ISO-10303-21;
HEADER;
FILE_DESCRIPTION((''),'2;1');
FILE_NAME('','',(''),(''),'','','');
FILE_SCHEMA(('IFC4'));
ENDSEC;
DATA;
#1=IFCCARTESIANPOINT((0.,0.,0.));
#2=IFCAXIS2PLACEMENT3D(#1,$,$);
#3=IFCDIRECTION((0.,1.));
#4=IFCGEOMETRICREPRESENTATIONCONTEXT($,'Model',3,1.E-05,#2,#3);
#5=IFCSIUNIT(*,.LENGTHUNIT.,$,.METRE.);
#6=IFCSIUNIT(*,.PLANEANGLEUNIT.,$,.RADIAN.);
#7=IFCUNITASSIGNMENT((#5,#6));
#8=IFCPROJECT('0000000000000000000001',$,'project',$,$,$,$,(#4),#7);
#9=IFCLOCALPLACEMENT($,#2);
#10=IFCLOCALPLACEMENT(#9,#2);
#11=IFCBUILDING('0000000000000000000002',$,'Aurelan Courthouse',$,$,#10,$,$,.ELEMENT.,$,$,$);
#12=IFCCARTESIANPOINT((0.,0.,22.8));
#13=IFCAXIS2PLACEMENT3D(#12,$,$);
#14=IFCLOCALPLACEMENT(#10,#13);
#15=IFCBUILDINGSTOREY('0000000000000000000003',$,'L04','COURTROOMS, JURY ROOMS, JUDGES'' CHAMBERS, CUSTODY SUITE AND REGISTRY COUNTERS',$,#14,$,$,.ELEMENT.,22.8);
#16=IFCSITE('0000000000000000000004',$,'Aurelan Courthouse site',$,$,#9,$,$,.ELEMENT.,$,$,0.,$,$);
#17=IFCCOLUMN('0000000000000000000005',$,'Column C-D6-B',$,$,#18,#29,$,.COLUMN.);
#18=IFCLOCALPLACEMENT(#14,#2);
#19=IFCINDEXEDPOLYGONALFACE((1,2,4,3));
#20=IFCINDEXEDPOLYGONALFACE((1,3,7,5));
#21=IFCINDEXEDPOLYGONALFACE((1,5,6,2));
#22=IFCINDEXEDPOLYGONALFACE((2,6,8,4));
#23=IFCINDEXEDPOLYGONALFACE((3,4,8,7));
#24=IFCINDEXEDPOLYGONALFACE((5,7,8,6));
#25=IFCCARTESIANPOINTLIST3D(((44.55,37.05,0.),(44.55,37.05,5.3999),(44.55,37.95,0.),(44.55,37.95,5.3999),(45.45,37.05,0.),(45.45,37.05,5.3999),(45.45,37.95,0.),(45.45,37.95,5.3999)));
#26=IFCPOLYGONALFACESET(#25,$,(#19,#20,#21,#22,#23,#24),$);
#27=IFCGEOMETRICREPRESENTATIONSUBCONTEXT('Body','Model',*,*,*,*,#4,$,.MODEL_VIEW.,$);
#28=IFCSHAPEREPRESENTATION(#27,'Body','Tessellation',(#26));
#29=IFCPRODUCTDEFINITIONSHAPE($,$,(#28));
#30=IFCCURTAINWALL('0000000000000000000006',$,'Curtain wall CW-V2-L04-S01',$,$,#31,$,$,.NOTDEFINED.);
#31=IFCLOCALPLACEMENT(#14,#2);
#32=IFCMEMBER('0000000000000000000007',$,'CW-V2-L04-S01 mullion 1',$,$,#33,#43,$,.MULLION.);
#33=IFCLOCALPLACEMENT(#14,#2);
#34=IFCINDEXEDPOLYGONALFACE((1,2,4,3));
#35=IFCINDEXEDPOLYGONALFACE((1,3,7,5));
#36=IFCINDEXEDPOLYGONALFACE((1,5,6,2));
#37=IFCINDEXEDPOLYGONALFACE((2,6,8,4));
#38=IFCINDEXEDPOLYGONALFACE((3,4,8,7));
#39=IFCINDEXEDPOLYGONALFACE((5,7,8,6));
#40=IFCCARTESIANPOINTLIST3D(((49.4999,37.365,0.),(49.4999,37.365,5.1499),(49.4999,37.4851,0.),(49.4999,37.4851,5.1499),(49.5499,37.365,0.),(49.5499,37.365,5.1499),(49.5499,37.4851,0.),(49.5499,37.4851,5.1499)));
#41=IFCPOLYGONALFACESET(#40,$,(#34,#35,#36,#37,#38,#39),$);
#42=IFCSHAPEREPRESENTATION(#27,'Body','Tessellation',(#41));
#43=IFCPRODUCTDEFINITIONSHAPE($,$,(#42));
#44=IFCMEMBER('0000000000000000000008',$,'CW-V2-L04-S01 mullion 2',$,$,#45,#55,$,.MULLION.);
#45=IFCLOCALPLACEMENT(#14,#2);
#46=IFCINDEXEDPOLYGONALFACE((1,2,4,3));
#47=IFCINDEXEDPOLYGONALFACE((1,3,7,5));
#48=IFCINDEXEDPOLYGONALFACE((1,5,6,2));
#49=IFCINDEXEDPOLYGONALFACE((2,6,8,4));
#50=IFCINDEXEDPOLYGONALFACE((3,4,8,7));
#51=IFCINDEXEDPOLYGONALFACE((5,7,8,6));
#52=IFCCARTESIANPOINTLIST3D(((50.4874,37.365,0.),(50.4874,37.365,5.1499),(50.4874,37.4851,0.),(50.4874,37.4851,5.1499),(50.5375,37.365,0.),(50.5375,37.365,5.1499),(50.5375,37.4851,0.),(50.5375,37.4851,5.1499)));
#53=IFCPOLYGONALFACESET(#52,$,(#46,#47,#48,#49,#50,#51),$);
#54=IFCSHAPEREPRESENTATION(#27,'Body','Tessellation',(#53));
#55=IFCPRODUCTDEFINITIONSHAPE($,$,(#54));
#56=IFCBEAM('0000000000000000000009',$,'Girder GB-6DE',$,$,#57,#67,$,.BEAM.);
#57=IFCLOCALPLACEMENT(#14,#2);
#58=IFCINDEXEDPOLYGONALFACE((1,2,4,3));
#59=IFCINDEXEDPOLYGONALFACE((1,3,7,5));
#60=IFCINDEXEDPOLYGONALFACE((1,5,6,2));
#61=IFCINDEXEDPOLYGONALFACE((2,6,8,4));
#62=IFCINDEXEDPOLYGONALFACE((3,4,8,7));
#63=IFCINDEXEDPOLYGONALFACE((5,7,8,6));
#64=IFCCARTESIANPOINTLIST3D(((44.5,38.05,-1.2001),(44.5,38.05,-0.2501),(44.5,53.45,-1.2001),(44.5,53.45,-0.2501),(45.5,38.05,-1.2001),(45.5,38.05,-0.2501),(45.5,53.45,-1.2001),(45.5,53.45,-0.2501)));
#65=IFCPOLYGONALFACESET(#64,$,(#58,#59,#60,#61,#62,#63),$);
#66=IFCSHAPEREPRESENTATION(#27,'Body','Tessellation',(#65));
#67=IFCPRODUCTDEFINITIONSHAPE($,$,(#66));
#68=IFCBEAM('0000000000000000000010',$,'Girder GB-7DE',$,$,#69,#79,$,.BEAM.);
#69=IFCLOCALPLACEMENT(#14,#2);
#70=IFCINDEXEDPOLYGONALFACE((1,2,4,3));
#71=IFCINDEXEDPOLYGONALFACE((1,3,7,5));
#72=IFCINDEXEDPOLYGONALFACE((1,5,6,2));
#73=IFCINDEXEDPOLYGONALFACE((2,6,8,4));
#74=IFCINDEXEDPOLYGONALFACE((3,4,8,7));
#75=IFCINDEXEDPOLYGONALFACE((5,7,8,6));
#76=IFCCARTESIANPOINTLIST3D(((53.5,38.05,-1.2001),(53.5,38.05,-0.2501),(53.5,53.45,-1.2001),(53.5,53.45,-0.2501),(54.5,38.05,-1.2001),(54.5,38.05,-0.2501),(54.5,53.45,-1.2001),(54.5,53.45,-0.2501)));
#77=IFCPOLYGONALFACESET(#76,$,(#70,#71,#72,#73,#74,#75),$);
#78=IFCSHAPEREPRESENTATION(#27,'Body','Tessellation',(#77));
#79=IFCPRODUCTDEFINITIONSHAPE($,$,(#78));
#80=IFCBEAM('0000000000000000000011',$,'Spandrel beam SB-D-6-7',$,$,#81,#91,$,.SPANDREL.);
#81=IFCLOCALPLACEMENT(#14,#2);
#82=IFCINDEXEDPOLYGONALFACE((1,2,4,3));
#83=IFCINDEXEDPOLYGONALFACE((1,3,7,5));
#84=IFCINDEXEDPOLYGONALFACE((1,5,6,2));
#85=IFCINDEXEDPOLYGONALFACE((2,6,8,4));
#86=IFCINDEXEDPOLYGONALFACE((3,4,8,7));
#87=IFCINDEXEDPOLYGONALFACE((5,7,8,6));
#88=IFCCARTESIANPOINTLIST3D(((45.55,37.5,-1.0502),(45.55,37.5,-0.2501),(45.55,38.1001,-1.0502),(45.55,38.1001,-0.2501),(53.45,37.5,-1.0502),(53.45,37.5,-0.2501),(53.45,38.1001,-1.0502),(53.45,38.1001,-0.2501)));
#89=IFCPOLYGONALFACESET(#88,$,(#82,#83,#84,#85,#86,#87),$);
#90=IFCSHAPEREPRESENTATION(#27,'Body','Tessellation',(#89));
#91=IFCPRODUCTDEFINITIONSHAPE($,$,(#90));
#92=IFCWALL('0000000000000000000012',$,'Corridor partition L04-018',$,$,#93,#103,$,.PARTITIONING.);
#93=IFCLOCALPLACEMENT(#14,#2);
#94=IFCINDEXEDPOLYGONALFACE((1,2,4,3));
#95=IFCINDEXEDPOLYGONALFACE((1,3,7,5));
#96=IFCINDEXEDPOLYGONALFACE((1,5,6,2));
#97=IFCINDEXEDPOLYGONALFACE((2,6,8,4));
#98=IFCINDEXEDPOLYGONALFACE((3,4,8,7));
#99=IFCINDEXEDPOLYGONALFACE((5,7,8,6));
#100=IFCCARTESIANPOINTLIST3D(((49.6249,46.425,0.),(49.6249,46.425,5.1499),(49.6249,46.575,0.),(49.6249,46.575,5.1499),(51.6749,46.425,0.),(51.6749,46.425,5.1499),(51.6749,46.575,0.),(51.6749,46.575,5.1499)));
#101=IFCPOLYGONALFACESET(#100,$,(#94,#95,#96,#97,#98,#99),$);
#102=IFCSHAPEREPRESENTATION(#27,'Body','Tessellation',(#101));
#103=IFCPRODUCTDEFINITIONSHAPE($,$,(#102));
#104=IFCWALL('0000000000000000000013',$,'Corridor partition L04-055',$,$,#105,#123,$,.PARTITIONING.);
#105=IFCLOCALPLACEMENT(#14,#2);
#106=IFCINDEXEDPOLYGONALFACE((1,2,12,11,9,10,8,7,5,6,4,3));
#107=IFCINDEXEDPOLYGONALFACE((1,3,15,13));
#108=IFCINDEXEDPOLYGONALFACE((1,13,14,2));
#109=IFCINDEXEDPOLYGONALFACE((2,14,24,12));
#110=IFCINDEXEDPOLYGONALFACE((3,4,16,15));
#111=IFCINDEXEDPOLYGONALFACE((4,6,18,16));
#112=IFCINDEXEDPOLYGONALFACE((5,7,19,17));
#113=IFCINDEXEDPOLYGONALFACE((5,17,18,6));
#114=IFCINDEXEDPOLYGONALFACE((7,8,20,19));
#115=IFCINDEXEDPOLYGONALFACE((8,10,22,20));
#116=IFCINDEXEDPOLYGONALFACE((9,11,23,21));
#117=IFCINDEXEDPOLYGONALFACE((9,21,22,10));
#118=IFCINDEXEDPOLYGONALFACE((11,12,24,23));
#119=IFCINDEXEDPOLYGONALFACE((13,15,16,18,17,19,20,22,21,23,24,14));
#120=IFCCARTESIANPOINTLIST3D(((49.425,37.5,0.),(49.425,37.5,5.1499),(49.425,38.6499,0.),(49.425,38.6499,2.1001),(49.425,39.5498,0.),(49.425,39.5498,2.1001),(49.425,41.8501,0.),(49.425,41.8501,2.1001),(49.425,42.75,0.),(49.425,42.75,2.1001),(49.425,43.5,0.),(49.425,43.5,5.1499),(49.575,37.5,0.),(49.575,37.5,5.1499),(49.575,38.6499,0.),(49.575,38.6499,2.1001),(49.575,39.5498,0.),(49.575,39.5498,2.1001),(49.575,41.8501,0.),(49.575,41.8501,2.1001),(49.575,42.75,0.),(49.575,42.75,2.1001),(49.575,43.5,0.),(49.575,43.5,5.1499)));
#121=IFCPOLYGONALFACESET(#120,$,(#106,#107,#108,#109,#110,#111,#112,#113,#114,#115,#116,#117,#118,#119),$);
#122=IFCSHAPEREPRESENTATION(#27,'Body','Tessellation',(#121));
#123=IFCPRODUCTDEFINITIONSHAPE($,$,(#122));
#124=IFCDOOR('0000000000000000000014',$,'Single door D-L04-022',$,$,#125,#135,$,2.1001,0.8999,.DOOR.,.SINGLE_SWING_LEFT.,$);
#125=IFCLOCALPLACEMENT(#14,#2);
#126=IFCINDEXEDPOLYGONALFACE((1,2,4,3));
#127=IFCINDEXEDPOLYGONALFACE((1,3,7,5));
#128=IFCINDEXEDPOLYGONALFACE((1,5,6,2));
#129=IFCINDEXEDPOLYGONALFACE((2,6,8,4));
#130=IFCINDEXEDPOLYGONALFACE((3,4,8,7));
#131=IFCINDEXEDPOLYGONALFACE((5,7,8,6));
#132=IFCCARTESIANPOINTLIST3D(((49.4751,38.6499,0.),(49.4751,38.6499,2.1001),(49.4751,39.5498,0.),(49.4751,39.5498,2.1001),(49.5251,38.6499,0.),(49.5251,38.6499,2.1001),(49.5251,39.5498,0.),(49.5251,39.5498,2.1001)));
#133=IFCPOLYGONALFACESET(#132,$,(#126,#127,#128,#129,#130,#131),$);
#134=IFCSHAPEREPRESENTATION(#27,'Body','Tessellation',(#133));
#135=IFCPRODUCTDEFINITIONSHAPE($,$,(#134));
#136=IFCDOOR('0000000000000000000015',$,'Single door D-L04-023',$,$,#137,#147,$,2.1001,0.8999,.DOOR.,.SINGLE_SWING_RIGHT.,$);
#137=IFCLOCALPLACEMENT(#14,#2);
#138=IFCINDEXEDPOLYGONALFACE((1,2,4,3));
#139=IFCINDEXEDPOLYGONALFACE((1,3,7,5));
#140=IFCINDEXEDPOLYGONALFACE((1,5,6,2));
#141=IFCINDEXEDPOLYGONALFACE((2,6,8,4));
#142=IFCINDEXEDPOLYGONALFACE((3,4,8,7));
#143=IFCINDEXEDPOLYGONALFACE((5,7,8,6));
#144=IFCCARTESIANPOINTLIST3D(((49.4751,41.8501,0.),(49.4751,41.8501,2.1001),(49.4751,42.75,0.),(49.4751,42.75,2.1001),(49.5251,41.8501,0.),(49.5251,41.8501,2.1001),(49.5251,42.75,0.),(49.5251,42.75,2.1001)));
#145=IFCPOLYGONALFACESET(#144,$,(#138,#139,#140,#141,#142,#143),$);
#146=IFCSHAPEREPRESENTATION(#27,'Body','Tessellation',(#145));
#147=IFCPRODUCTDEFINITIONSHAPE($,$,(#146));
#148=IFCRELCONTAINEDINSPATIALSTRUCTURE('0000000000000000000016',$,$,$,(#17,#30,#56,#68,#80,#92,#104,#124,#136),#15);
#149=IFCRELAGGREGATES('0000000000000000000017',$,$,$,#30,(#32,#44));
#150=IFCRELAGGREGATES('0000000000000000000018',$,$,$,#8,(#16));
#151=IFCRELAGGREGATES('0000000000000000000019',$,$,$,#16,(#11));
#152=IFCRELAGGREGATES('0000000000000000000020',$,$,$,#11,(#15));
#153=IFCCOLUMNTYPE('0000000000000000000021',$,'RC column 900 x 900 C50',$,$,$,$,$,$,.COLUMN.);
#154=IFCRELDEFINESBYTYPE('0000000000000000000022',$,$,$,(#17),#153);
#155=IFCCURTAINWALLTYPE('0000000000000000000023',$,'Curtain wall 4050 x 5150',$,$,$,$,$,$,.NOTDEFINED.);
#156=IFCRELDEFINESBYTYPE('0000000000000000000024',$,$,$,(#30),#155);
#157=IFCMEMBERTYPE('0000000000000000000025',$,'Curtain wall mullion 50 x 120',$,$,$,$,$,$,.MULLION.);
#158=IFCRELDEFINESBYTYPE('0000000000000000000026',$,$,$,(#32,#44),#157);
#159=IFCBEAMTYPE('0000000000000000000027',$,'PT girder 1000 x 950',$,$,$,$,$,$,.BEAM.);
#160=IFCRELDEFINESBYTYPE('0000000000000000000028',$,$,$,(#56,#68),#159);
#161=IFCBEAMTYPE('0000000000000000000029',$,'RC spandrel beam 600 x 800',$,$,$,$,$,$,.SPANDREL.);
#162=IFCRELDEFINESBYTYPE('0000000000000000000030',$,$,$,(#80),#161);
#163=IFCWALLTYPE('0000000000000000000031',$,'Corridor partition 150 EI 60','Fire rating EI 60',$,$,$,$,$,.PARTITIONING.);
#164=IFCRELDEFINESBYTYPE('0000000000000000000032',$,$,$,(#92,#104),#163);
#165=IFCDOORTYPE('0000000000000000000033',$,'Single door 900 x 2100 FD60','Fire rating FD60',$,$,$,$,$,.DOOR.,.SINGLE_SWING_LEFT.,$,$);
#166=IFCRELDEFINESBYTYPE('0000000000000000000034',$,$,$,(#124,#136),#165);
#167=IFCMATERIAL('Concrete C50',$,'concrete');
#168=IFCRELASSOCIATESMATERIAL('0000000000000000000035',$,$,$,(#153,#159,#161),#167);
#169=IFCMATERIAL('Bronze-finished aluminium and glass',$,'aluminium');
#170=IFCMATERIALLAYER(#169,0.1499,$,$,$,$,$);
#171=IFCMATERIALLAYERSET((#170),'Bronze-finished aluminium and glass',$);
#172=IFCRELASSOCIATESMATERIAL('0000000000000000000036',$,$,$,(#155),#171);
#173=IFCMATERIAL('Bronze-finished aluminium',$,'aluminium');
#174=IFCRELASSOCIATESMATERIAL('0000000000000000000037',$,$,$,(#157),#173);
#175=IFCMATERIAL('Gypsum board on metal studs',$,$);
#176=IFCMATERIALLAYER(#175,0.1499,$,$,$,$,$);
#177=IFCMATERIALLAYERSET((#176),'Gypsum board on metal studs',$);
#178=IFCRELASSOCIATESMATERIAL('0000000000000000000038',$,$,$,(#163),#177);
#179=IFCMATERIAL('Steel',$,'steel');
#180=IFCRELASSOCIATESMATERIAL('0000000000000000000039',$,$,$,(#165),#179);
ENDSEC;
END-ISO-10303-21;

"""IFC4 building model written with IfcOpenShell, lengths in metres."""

from ifc_helpers import new_model, si_unit, direction, frame, frame_2d, origin, origin_2d, place, context, subcontext, project, spatial, rectangle, extrude, material, layer, layer_set, material_profile, profile_set, type_object, element, fill, aggregate, save


model = new_model("IFC4")

# Units and contexts
model_context = context("Model", 3, precision=1e-05, world=origin(), true_north=direction((0.0, 1.0)))
body_context = subcontext(model_context, "Body", "Model", "MODEL_VIEW")
ifc_project = project(units=[si_unit("LENGTHUNIT", "METRE"), si_unit("PLANEANGLEUNIT", "RADIAN")], contexts=[model_context])

# Site, building, storey
site_placement = place(None, origin())
site = spatial("IfcSite", under=ifc_project, at=site_placement, Name="Aurelan Courthouse site", CompositionType="ELEMENT", RefElevation=0.0)
building_placement = place(site_placement, origin())
building = spatial("IfcBuilding", under=site, at=building_placement, Name="Aurelan Courthouse", CompositionType="ELEMENT")
storey_placement = place(building_placement, frame((0.0, 0.0, 22.8)))
storey = spatial("IfcBuildingStorey", under=building, at=storey_placement, Name="L04", Description="COURTROOMS, JURY ROOMS, JUDGES' CHAMBERS, CUSTODY SUITE AND REGISTRY COUNTERS", CompositionType="ELEMENT", Elevation=22.8)

# Column
ifc_material_1 = material(Name="Concrete C50", Category="concrete")
ifc_material_profile_1 = material_profile(ifc_material_1, rectangle(XDim=0.8999, YDim=0.8999, at=origin_2d()), Name="RC 900 x 900")
ifc_profile_set_1 = profile_set([ifc_material_profile_1], Name="Concrete C50")
column_type = type_object("IfcColumnType", Name="RC column 900 x 900 C50", PredefinedType="COLUMN", material=ifc_profile_set_1)
column_placement = place(storey_placement, frame((45.0, 37.5, 0.0), z_axis=(0.0, 0.0, 1.0), x_axis=(1.0, 0.0, 0.0)))
element("IfcColumn", 1, at=column_placement, inside=storey, type_object=column_type, Name="Column C-D6-B", PredefinedType="COLUMN", context=body_context, shape_type="SweptSolid", body=[
    extrude(rectangle(XDim=0.8999, YDim=0.8999, at=origin_2d()), origin(), (0.0, 0.0, 1.0), 5.3999),
])

# Curtain wall, members
ifc_material_2 = material(Name="Bronze-finished aluminium and glass", Category="aluminium")
ifc_layer_1 = layer(ifc_material_2, 0.1499)
ifc_layer_set_1 = layer_set([ifc_layer_1], Name="Bronze-finished aluminium and glass")
curtain_wall_type = type_object("IfcCurtainWallType", Name="Curtain wall 4050 x 5150", PredefinedType="NOTDEFINED", material=ifc_layer_set_1)
curtain_wall_placement = place(storey_placement, origin())
curtain_wall = element("IfcCurtainWall", 2, at=curtain_wall_placement, inside=storey, type_object=curtain_wall_type, Name="Curtain wall CW-V2-L04-S01", PredefinedType="NOTDEFINED")
ifc_material_3 = material(Name="Bronze-finished aluminium", Category="aluminium")
ifc_material_profile_2 = material_profile(ifc_material_3, rectangle(XDim=0.1201, YDim=0.05, at=origin_2d()), Name="Bronze mullion 50 x 120")
ifc_profile_set_2 = profile_set([ifc_material_profile_2], Name="Bronze-finished aluminium")
member_type = type_object("IfcMemberType", Name="Curtain wall mullion 50 x 120", PredefinedType="MULLION", material=ifc_profile_set_2)
member_1_placement = place(storey_placement, frame((49.5249, 37.425, 0.0), z_axis=(0.0, 0.0, 1.0), x_axis=(0.0, 1.0, 0.0)))
member_1 = element("IfcMember", 3, at=member_1_placement, type_object=member_type, Name="CW-V2-L04-S01 mullion 1", PredefinedType="MULLION", context=body_context, shape_type="SweptSolid", body=[
    extrude(rectangle(XDim=0.1201, YDim=0.05, at=origin_2d()), origin(), (0.0, 0.0, 1.0), 5.1499),
])
member_2_placement = place(storey_placement, frame((50.5125, 37.425, 0.0), z_axis=(0.0, 0.0, 1.0), x_axis=(0.0, 1.0, 0.0)))
member_2 = element("IfcMember", 4, at=member_2_placement, type_object=member_type, Name="CW-V2-L04-S01 mullion 2", PredefinedType="MULLION", context=body_context, shape_type="SweptSolid", body=[
    extrude(rectangle(XDim=0.1201, YDim=0.05, at=origin_2d()), origin(), (0.0, 0.0, 1.0), 5.1499),
])
aggregate(curtain_wall, [member_1, member_2])

# Beams
ifc_material_profile_3 = material_profile(ifc_material_1, rectangle(XDim=1.0, YDim=0.95, at=origin_2d()), Name="RC 1000 x 950")
ifc_profile_set_3 = profile_set([ifc_material_profile_3], Name="Concrete C50")
beam_type_1 = type_object("IfcBeamType", Name="PT girder 1000 x 950", PredefinedType="BEAM", material=ifc_profile_set_3)
for number, where, z_axis, x_axis, name in (
    (5, (45.0, 38.05, -0.7251), (0.0, 1.0, 0.0), (-1.0, 0.0, 0.0), "Girder GB-6DE"),
    (6, (54.0, 38.05, -0.7251), (0.0, 1.0, 0.0), (-1.0, 0.0, 0.0), "Girder GB-7DE"),
):
    element("IfcBeam", number, at=place(storey_placement, frame(where, z_axis=z_axis, x_axis=x_axis)), inside=storey, type_object=beam_type_1, Name=name, PredefinedType="BEAM", context=body_context, shape_type="SweptSolid", body=[
        extrude(rectangle(XDim=1.0, YDim=0.95, at=origin_2d()), origin(), (0.0, 0.0, 1.0), 15.3999),
    ])
ifc_material_profile_4 = material_profile(ifc_material_1, rectangle(XDim=0.6001, YDim=0.8, at=origin_2d()), Name="RC 600 x 800")
ifc_profile_set_4 = profile_set([ifc_material_profile_4], Name="Concrete C50")
beam_type_2 = type_object("IfcBeamType", Name="RC spandrel beam 600 x 800", PredefinedType="SPANDREL", material=ifc_profile_set_4)
beam_placement = place(storey_placement, frame((45.55, 37.8, -0.6501), z_axis=(1.0, 0.0, 0.0), x_axis=(0.0, 1.0, 0.0)))
element("IfcBeam", 7, at=beam_placement, inside=storey, type_object=beam_type_2, Name="Spandrel beam SB-D-6-7", PredefinedType="SPANDREL", context=body_context, shape_type="SweptSolid", body=[
    extrude(rectangle(XDim=0.6001, YDim=0.8, at=origin_2d()), origin(), (0.0, 0.0, 1.0), 7.8999),
])

# Wall
ifc_material_4 = material(Name="Gypsum board on metal studs")
ifc_layer_2 = layer(ifc_material_4, 0.1499)
ifc_layer_set_2 = layer_set([ifc_layer_2], Name="Gypsum board on metal studs")
wall_type_1 = type_object("IfcWallType", Name="Corridor partition 150 EI 60", Description="Fire rating EI 60", PredefinedType="PARTITIONING", material=ifc_layer_set_2)
wall_1_placement = place(storey_placement, frame((49.625, 46.5, 0.0), z_axis=(0.0, 0.0, 1.0), x_axis=(1.0, 0.0, 0.0)))
element("IfcWall", 8, at=wall_1_placement, inside=storey, type_object=wall_type_1, Name="Corridor partition L04-018", PredefinedType="PARTITIONING", context=body_context, shape_type="SweptSolid", body=[
    extrude(rectangle(XDim=2.05, YDim=0.1499, at=frame_2d((1.0249, 0.0))), origin(), (0.0, 0.0, 1.0), 5.1499),
])

# Wall, openings, doors
wall_2_placement = place(storey_placement, frame((49.5, 37.5, 0.0), z_axis=(0.0, 0.0, 1.0), x_axis=(0.0, 1.0, 0.0)))
wall_2 = element("IfcWall", 9, at=wall_2_placement, inside=storey, type_object=wall_type_1, Name="Corridor partition L04-055", PredefinedType="PARTITIONING", context=body_context, shape_type="SweptSolid", body=[
    extrude(rectangle(XDim=6.0, YDim=0.1499, at=frame_2d((3.0, 0.0))), origin(), (0.0, 0.0, 1.0), 5.1499),
])
opening_1_placement = place(wall_2_placement, frame((1.1499, 0.0, 0.0)))
opening_1 = element("IfcOpeningElement", 10, at=opening_1_placement, cuts=wall_2, PredefinedType="OPENING", context=body_context, shape_type="SweptSolid", body=[
    extrude(rectangle(XDim=0.8999, YDim=2.1001, at=frame_2d((0.45, 1.05))), frame((0.0, 0.085, 0.0), z_axis=(0.0, -1.0, 0.0), x_axis=(1.0, 0.0, 0.0)), (0.0, 0.0, 1.0), 0.1699),
])
opening_2_placement = place(wall_2_placement, frame((4.3501, 0.0, 0.0)))
opening_2 = element("IfcOpeningElement", 11, at=opening_2_placement, cuts=wall_2, PredefinedType="OPENING", context=body_context, shape_type="SweptSolid", body=[
    extrude(rectangle(XDim=0.8999, YDim=2.1001, at=frame_2d((0.45, 1.05))), frame((0.0, 0.085, 0.0), z_axis=(0.0, -1.0, 0.0), x_axis=(1.0, 0.0, 0.0)), (0.0, 0.0, 1.0), 0.1699),
])
ifc_material_5 = material(Name="Steel", Category="steel")
door_type_1 = type_object("IfcDoorType", Name="Single door 900 x 2100 FD60", Description="Fire rating FD60", OperationType="SINGLE_SWING_LEFT", PredefinedType="DOOR", material=ifc_material_5)
door_1_placement = place(opening_1_placement, origin())
door_1 = element("IfcDoor", 12, at=door_1_placement, inside=storey, type_object=door_type_1, Name="Single door D-L04-022", OperationType="SINGLE_SWING_LEFT", OverallHeight=2.1001, OverallWidth=0.8999, PredefinedType="DOOR", context=body_context, shape_type="SweptSolid", body=[
    extrude(rectangle(XDim=0.8999, YDim=2.1001, at=frame_2d((0.45, 1.05))), frame((0.0, 0.0249, 0.0), z_axis=(0.0, -1.0, 0.0), x_axis=(1.0, 0.0, 0.0)), (0.0, 0.0, 1.0), 0.05),
])
fill(opening_1, door_1)
door_2_placement = place(opening_2_placement, origin())
door_2 = element("IfcDoor", 13, at=door_2_placement, inside=storey, type_object=door_type_1, Name="Single door D-L04-023", OperationType="SINGLE_SWING_RIGHT", OverallHeight=2.1001, OverallWidth=0.8999, PredefinedType="DOOR", context=body_context, shape_type="SweptSolid", body=[
    extrude(rectangle(XDim=0.8999, YDim=2.1001, at=frame_2d((0.45, 1.05))), frame((0.0, 0.0249, 0.0), z_axis=(0.0, -1.0, 0.0), x_axis=(1.0, 0.0, 0.0)), (0.0, 0.0, 1.0), 0.05),
])
fill(opening_2, door_2)

save(model, "model.ifc")
